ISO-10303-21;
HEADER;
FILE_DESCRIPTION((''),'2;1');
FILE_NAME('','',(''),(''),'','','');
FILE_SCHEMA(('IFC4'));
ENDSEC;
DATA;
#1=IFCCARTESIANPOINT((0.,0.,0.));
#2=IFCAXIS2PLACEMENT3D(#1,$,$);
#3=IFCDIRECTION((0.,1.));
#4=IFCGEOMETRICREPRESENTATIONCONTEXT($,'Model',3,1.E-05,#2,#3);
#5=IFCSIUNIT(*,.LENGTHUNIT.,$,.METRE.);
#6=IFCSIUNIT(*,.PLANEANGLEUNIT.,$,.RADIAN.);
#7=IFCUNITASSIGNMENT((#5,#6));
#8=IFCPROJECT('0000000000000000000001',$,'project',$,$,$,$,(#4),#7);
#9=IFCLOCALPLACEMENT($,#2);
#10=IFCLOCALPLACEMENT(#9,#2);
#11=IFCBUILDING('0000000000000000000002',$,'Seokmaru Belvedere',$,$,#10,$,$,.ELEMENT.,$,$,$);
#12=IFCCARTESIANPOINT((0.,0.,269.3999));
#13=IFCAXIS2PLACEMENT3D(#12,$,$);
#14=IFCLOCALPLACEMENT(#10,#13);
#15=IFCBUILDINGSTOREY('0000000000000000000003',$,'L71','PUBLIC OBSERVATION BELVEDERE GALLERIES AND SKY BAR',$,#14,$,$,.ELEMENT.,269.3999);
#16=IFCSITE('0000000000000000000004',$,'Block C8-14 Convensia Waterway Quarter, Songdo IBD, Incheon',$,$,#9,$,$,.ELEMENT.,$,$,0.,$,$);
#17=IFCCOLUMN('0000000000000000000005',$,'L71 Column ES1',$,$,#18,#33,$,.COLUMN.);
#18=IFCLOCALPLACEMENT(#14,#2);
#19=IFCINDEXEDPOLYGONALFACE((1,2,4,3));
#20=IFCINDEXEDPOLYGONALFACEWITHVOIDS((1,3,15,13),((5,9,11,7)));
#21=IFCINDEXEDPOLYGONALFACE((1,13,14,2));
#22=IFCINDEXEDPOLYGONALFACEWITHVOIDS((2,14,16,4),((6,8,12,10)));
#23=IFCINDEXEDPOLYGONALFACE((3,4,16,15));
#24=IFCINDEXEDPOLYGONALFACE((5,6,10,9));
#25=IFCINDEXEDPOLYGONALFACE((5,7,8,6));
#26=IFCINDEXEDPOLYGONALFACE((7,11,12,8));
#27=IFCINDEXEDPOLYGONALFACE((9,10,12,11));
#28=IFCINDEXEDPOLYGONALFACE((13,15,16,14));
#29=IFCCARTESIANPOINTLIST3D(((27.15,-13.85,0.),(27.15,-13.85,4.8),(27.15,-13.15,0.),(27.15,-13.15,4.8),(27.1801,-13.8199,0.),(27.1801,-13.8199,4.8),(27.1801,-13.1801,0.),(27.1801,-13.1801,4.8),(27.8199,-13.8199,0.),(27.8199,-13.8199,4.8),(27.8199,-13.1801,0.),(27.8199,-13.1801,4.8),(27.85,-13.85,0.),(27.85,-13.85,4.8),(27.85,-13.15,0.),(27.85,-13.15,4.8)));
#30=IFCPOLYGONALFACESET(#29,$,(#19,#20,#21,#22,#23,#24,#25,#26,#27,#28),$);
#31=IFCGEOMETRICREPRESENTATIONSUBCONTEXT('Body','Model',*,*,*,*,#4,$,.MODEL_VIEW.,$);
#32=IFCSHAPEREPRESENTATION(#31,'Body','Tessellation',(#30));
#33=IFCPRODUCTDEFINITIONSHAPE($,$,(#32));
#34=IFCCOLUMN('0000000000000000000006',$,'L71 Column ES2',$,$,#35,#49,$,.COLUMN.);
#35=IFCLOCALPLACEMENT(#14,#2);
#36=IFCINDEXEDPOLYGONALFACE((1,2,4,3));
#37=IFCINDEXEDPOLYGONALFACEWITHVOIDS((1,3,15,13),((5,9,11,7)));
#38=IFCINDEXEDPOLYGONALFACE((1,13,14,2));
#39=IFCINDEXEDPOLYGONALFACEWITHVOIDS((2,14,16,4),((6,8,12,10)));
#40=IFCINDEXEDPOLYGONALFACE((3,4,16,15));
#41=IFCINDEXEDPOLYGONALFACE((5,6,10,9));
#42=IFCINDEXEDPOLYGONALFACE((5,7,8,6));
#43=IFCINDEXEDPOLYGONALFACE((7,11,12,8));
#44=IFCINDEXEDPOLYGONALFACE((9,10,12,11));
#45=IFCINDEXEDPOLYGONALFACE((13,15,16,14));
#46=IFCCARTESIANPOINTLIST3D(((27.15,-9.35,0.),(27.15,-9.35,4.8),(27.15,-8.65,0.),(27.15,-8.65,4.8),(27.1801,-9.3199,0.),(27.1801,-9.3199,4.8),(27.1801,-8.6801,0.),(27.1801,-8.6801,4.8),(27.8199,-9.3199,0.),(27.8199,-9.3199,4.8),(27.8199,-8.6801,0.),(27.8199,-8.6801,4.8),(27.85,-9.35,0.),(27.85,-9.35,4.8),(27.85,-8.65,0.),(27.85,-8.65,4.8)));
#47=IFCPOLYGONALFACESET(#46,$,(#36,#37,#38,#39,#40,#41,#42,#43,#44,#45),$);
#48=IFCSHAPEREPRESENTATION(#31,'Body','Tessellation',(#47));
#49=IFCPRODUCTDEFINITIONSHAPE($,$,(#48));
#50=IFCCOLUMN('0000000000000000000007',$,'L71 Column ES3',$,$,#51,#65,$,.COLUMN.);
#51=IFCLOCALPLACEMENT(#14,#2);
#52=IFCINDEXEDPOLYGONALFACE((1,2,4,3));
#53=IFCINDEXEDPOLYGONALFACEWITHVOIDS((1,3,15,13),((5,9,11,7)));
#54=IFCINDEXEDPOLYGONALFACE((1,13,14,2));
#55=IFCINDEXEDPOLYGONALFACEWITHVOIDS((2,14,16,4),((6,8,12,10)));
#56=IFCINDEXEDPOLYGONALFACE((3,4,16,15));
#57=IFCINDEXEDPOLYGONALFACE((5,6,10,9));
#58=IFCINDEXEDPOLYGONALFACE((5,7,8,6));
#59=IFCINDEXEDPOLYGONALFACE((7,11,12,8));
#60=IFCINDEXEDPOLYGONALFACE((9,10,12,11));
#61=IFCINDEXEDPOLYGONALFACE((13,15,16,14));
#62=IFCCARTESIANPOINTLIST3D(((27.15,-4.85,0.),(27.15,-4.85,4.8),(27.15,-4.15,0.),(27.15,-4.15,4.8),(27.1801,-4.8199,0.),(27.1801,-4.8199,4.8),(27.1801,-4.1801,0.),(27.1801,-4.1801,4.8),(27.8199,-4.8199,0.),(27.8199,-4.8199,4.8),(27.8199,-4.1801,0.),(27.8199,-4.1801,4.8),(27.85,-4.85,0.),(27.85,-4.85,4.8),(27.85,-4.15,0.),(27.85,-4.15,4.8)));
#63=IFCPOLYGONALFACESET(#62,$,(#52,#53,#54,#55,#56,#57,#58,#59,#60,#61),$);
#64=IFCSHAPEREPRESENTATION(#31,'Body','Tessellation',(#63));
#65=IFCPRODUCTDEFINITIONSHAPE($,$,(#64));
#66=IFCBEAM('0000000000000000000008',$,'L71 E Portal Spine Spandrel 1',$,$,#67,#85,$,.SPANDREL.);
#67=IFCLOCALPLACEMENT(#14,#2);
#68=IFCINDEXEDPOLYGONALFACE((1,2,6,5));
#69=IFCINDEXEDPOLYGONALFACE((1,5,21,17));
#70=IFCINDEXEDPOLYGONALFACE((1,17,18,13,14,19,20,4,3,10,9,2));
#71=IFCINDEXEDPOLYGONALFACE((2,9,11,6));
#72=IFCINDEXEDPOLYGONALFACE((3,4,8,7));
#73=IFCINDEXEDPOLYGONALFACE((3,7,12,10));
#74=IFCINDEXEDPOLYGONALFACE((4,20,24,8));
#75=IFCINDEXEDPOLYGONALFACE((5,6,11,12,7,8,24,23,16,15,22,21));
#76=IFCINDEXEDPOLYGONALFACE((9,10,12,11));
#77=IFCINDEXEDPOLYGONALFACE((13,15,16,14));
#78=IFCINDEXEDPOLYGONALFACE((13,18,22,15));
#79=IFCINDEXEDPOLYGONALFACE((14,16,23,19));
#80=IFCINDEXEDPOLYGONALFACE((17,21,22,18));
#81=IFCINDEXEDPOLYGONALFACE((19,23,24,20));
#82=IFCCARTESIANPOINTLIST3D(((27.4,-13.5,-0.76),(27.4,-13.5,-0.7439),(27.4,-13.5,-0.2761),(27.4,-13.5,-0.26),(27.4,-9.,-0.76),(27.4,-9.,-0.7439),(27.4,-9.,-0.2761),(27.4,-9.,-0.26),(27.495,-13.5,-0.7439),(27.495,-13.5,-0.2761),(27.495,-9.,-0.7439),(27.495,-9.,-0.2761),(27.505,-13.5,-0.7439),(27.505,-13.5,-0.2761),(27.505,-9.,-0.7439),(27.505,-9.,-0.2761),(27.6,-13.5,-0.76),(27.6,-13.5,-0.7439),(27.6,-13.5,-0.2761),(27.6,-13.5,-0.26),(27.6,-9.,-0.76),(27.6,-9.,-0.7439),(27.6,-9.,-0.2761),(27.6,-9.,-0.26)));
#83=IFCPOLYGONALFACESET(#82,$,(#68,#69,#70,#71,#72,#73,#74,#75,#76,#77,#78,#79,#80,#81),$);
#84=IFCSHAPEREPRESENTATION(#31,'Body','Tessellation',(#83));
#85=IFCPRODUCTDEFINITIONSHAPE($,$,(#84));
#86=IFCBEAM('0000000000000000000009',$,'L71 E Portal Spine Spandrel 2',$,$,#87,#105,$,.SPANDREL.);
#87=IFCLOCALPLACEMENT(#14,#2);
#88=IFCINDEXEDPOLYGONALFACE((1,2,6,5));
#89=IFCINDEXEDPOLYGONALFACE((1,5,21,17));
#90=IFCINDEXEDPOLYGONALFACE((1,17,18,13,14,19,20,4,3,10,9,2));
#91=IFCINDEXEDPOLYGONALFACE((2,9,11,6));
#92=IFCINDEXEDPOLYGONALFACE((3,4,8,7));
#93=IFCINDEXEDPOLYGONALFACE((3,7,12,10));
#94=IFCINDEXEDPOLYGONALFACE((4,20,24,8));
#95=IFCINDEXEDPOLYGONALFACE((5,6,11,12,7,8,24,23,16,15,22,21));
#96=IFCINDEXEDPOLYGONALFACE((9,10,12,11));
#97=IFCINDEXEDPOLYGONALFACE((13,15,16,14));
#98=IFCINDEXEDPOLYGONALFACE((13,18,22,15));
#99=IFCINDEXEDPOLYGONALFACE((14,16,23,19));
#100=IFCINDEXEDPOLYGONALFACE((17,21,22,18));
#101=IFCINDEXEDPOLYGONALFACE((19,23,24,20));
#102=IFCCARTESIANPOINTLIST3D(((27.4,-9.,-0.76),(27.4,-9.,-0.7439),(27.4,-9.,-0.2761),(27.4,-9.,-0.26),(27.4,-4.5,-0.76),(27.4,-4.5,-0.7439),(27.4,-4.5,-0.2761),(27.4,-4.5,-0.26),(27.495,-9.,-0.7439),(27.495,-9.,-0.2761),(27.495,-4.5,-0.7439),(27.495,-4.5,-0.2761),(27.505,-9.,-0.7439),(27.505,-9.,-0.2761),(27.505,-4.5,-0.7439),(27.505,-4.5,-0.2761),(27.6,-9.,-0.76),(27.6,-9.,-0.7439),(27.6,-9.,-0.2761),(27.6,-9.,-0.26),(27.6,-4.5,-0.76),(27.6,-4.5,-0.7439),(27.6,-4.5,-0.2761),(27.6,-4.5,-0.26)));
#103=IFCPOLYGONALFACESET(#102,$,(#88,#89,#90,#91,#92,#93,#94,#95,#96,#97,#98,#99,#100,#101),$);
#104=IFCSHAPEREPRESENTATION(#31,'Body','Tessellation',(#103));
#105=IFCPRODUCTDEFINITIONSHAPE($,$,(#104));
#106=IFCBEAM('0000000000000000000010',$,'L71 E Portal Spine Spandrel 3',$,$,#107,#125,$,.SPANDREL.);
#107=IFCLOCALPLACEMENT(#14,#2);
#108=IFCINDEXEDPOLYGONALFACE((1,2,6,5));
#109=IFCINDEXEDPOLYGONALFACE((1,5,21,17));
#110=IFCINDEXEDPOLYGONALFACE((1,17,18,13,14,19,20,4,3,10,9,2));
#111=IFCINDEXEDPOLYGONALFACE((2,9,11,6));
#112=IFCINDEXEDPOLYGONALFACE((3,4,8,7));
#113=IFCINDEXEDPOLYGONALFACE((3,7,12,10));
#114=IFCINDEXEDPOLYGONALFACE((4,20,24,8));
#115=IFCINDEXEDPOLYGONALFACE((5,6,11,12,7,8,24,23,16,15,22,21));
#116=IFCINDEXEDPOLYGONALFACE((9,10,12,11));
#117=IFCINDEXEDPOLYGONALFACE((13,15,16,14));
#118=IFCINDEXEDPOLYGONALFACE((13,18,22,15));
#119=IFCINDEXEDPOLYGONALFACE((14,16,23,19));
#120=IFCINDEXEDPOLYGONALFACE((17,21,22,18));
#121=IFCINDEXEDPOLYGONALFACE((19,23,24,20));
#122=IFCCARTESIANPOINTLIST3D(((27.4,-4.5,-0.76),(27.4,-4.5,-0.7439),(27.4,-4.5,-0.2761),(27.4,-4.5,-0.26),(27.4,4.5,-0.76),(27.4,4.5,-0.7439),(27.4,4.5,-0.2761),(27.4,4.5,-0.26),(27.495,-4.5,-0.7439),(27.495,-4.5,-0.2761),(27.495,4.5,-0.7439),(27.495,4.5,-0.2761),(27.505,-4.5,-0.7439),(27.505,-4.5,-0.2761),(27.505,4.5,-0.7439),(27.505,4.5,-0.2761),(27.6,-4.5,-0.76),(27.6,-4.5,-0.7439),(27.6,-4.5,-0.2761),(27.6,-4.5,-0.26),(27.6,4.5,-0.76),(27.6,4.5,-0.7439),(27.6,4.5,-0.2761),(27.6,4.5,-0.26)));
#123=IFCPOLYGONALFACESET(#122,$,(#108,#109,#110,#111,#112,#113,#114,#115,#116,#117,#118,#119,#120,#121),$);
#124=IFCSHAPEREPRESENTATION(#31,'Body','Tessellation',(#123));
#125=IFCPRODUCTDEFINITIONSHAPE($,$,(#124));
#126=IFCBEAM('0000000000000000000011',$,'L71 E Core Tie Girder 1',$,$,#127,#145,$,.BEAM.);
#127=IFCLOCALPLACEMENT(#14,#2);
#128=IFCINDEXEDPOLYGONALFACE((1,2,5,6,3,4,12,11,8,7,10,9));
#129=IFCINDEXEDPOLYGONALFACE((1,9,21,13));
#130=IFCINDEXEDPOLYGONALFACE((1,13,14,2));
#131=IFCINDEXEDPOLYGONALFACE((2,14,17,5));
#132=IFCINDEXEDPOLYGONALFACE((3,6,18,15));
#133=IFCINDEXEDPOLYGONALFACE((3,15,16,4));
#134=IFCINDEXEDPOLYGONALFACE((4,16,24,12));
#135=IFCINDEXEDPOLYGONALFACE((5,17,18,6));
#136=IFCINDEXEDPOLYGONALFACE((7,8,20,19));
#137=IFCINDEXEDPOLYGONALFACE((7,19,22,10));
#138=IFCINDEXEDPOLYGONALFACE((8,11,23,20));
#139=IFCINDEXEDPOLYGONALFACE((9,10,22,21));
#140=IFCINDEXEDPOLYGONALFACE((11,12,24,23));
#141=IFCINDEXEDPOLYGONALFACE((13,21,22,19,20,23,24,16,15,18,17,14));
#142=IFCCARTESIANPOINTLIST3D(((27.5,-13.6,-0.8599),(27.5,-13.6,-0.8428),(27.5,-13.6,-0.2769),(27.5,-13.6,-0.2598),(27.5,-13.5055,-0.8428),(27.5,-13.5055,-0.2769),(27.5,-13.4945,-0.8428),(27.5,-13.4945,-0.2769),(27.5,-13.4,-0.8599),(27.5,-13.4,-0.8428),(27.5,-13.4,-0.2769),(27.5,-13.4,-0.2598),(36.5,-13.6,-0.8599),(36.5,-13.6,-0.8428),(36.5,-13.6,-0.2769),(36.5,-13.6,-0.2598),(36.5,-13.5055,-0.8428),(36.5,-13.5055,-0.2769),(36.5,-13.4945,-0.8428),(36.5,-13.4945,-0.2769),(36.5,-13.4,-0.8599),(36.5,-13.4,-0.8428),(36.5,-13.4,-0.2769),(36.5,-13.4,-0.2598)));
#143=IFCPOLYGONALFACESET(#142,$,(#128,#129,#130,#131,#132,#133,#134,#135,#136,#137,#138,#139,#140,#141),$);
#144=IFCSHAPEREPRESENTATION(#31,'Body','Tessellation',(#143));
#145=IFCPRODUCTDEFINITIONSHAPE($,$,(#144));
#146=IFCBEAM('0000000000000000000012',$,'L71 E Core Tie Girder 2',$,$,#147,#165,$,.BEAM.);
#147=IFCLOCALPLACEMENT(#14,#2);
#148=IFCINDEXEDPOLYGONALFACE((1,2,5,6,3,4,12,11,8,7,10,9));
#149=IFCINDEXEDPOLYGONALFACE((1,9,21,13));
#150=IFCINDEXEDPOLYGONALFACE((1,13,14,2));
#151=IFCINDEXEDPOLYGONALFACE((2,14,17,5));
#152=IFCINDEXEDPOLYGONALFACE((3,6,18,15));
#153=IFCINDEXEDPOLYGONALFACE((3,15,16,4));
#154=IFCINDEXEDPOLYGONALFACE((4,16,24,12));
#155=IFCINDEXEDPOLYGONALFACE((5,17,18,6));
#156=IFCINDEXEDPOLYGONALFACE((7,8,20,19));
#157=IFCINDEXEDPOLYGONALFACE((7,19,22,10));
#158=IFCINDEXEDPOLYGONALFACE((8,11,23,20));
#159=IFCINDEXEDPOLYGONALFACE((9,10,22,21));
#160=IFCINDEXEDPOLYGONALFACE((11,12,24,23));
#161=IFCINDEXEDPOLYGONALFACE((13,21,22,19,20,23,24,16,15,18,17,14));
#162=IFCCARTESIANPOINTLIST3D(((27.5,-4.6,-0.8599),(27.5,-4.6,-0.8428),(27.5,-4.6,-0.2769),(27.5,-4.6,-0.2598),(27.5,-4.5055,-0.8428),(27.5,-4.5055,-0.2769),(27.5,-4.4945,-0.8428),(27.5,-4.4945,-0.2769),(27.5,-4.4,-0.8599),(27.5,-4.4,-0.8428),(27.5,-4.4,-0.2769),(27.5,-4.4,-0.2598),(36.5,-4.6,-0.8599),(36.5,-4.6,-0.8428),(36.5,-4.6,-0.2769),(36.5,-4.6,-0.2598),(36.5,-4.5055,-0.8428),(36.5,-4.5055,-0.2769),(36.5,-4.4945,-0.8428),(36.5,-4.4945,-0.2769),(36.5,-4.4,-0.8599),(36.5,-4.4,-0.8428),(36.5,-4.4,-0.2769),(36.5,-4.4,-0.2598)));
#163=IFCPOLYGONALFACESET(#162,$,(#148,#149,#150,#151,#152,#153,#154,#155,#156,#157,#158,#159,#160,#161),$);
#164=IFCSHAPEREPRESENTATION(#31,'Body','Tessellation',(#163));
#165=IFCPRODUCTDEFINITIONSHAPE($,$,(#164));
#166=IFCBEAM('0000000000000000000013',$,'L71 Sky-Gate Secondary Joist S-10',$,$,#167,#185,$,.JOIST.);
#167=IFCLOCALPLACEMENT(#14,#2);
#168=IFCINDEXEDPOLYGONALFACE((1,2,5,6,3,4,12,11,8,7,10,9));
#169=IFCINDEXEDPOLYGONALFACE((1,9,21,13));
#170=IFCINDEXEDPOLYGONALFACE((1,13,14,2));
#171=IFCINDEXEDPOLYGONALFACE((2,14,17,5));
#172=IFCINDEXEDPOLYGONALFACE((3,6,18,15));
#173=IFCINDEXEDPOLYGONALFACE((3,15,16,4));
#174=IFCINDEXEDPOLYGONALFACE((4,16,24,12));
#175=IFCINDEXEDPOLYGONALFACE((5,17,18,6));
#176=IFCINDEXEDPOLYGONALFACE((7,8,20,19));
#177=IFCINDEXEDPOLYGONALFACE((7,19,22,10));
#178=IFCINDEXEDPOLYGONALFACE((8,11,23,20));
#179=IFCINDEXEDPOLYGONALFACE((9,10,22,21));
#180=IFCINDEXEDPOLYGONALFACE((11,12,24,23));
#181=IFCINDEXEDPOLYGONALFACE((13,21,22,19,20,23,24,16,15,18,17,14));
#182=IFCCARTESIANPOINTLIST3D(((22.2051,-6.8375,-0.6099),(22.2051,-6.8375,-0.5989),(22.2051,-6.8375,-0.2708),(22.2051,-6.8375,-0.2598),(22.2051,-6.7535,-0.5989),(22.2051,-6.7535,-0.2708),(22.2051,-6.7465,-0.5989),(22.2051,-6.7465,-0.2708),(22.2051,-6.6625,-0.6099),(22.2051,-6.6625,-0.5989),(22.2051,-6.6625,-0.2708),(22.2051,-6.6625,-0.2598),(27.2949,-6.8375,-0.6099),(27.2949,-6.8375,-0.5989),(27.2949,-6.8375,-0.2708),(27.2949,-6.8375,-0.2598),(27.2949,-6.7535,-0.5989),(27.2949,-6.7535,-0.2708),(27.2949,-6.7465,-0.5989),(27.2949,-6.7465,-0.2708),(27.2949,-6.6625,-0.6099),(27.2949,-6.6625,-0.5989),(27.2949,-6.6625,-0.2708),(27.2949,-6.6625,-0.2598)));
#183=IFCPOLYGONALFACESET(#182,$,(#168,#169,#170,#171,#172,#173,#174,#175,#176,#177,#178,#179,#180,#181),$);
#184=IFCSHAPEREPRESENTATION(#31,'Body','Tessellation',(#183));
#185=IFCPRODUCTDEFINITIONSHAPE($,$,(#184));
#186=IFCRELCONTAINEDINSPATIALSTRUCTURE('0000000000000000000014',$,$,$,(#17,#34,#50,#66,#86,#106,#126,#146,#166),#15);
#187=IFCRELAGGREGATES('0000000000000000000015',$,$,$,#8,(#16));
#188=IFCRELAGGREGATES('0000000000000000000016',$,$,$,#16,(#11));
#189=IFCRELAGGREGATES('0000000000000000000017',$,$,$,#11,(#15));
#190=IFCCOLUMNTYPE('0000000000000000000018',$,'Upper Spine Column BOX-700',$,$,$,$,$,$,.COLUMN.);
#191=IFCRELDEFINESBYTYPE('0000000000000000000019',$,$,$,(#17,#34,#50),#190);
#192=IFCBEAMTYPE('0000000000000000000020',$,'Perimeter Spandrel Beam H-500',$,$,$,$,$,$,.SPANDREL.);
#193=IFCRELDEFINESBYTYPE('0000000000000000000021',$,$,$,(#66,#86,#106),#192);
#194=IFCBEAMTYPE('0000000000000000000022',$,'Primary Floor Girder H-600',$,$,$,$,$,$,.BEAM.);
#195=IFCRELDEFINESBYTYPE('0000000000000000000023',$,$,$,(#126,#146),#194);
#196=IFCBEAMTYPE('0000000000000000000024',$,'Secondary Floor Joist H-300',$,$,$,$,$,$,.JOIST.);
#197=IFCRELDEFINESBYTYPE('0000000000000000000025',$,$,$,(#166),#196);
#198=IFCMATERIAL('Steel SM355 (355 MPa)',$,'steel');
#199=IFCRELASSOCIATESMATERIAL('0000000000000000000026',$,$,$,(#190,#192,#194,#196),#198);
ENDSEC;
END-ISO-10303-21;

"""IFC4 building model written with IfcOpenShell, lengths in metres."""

from ifc_helpers import new_model, si_unit, direction, frame, origin, origin_2d, place, context, subcontext, project, spatial, hollow_rectangle, i_section, extrude, source, transform, mapped, material, material_profile, profile_set, type_object, type_shapes, element, save


model = new_model("IFC4")

# Units and contexts
model_context = context("Model", 3, precision=1e-05, world=origin(), true_north=direction((0.0, 1.0)))
body_context = subcontext(model_context, "Body", "Model", "MODEL_VIEW")
ifc_project = project(units=[si_unit("LENGTHUNIT", "METRE"), si_unit("PLANEANGLEUNIT", "RADIAN")], contexts=[model_context])

# Site, building, storey
site_placement = place(None, origin())
site = spatial("IfcSite", under=ifc_project, at=site_placement, Name="Block C8-14 Convensia Waterway Quarter, Songdo IBD, Incheon", CompositionType="ELEMENT", RefElevation=0.0)
building_placement = place(site_placement, origin())
building = spatial("IfcBuilding", under=site, at=building_placement, Name="Seokmaru Belvedere", CompositionType="ELEMENT")
storey_placement = place(building_placement, frame((0.0, 0.0, 269.3999)))
storey = spatial("IfcBuildingStorey", under=building, at=storey_placement, Name="L71", Description="PUBLIC OBSERVATION BELVEDERE GALLERIES AND SKY BAR", CompositionType="ELEMENT", Elevation=269.3999)

# Columns
ifc_material_1 = material(Name="Steel SM355 (355 MPa)", Category="steel")
ifc_material_profile_1 = material_profile(ifc_material_1, hollow_rectangle(XDim=0.7, YDim=0.7, WallThickness=0.03, at=origin_2d()), Name="BOX-700x700x30")
ifc_profile_set_1 = profile_set([ifc_material_profile_1], Name="Steel SM355 (355 MPa)")
column_type = type_object("IfcColumnType", Name="Upper Spine Column BOX-700", PredefinedType="COLUMN", material=ifc_profile_set_1)
shared_shape_1 = source(origin(), body_context, "Body", "SweptSolid", [
    extrude(hollow_rectangle(XDim=0.7, YDim=0.7, WallThickness=0.03, at=origin_2d()), origin(), (0.0, 0.0, 1.0), 4.8),
])
type_shapes(column_type, [shared_shape_1])
for number, where, z_axis, x_axis, name in (
    (1, (27.5, -13.5, 0.0), (0.0, 0.0, 1.0), (1.0, 0.0, 0.0), "L71 Column ES1"),
    (2, (27.5, -9.0, 0.0), (0.0, 0.0, 1.0), (1.0, 0.0, 0.0), "L71 Column ES2"),
    (3, (27.5, -4.5, 0.0), (0.0, 0.0, 1.0), (1.0, 0.0, 0.0), "L71 Column ES3"),
):
    element("IfcColumn", number, at=place(storey_placement, frame(where, z_axis=z_axis, x_axis=x_axis)), inside=storey, type_object=column_type, Name=name, PredefinedType="COLUMN", context=body_context, shape_type="MappedRepresentation", body=[
        mapped(shared_shape_1, transform((0.0, 0.0, 0.0), scale=1.0)),
    ])

# Beams
ifc_material_profile_2 = material_profile(ifc_material_1, i_section(OverallWidth=0.2, OverallDepth=0.5, WebThickness=0.01, FlangeThickness=0.0161, at=origin_2d()), Name="H-500x200x10x16")
ifc_profile_set_2 = profile_set([ifc_material_profile_2], Name="Steel SM355 (355 MPa)")
beam_type_1 = type_object("IfcBeamType", Name="Perimeter Spandrel Beam H-500", PredefinedType="SPANDREL", material=ifc_profile_set_2)
shared_shape_2 = source(origin(), body_context, "Body", "SweptSolid", [
    extrude(i_section(OverallWidth=0.2, OverallDepth=0.5, WebThickness=0.01, FlangeThickness=0.0161, at=origin_2d()), origin(), (0.0, 0.0, 1.0), 4.5),
])
for number, where, z_axis, x_axis, name in (
    (4, (27.5, -13.5, -0.51), (0.0, 1.0, 0.0), (-1.0, 0.0, 0.0), "L71 E Portal Spine Spandrel 1"),
    (5, (27.5, -9.0, -0.51), (0.0, 1.0, 0.0), (-1.0, 0.0, 0.0), "L71 E Portal Spine Spandrel 2"),
):
    element("IfcBeam", number, at=place(storey_placement, frame(where, z_axis=z_axis, x_axis=x_axis)), inside=storey, type_object=beam_type_1, Name=name, PredefinedType="SPANDREL", context=body_context, shape_type="MappedRepresentation", body=[
        mapped(shared_shape_2, transform((0.0, 0.0, 0.0), scale=1.0)),
    ])
shared_shape_3 = source(origin(), body_context, "Body", "SweptSolid", [
    extrude(i_section(OverallWidth=0.2, OverallDepth=0.5, WebThickness=0.01, FlangeThickness=0.0161, at=origin_2d()), origin(), (0.0, 0.0, 1.0), 9.0),
])
type_shapes(beam_type_1, [shared_shape_2, shared_shape_3])
beam_1_placement = place(storey_placement, frame((27.5, -4.5, -0.51), z_axis=(0.0, 1.0, 0.0), x_axis=(-1.0, 0.0, 0.0)))
element("IfcBeam", 6, at=beam_1_placement, inside=storey, type_object=beam_type_1, Name="L71 E Portal Spine Spandrel 3", PredefinedType="SPANDREL", context=body_context, shape_type="MappedRepresentation", body=[
    mapped(shared_shape_3, transform((0.0, 0.0, 0.0), scale=1.0)),
])
ifc_material_profile_3 = material_profile(ifc_material_1, i_section(OverallWidth=0.2, OverallDepth=0.6001, WebThickness=0.011, FlangeThickness=0.0171, at=origin_2d()), Name="H-600x200x11x17")
ifc_profile_set_3 = profile_set([ifc_material_profile_3], Name="Steel SM355 (355 MPa)")
beam_type_2 = type_object("IfcBeamType", Name="Primary Floor Girder H-600", PredefinedType="BEAM", material=ifc_profile_set_3)
shared_shape_4 = source(origin(), body_context, "Body", "SweptSolid", [
    extrude(i_section(OverallWidth=0.2, OverallDepth=0.6001, WebThickness=0.011, FlangeThickness=0.0171, at=origin_2d()), origin(), (0.0, 0.0, 1.0), 9.0),
])
type_shapes(beam_type_2, [shared_shape_4])
for number, where, z_axis, x_axis, name in (
    (7, (27.5, -13.5, -0.5598), (1.0, 0.0, 0.0), (0.0, 1.0, 0.0), "L71 E Core Tie Girder 1"),
    (8, (27.5, -4.5, -0.5598), (1.0, 0.0, 0.0), (0.0, 1.0, 0.0), "L71 E Core Tie Girder 2"),
):
    element("IfcBeam", number, at=place(storey_placement, frame(where, z_axis=z_axis, x_axis=x_axis)), inside=storey, type_object=beam_type_2, Name=name, PredefinedType="BEAM", context=body_context, shape_type="MappedRepresentation", body=[
        mapped(shared_shape_4, transform((0.0, 0.0, 0.0), scale=1.0)),
    ])
ifc_material_profile_4 = material_profile(ifc_material_1, i_section(OverallWidth=0.175, OverallDepth=0.3501, WebThickness=0.0071, FlangeThickness=0.011, at=origin_2d()), Name="H-350x175x7x11")
ifc_profile_set_4 = profile_set([ifc_material_profile_4], Name="Steel SM355 (355 MPa)")
beam_type_3 = type_object("IfcBeamType", Name="Secondary Floor Joist H-300", PredefinedType="JOIST", material=ifc_profile_set_4)
shared_shape_5 = source(origin(), body_context, "Body", "SweptSolid", [
    extrude(i_section(OverallWidth=0.175, OverallDepth=0.3501, WebThickness=0.0071, FlangeThickness=0.011, at=origin_2d()), origin(), (0.0, 0.0, 1.0), 5.0898),
])
type_shapes(beam_type_3, [shared_shape_5])
beam_2_placement = place(storey_placement, frame((22.2051, -6.75, -0.4348), z_axis=(1.0, 0.0, 0.0), x_axis=(0.0, 1.0, 0.0)))
element("IfcBeam", 9, at=beam_2_placement, inside=storey, type_object=beam_type_3, Name="L71 Sky-Gate Secondary Joist S-10", PredefinedType="JOIST", context=body_context, shape_type="MappedRepresentation", body=[
    mapped(shared_shape_5, transform((0.0, 0.0, 0.0), scale=1.0)),
])

save(model, "model.ifc")
